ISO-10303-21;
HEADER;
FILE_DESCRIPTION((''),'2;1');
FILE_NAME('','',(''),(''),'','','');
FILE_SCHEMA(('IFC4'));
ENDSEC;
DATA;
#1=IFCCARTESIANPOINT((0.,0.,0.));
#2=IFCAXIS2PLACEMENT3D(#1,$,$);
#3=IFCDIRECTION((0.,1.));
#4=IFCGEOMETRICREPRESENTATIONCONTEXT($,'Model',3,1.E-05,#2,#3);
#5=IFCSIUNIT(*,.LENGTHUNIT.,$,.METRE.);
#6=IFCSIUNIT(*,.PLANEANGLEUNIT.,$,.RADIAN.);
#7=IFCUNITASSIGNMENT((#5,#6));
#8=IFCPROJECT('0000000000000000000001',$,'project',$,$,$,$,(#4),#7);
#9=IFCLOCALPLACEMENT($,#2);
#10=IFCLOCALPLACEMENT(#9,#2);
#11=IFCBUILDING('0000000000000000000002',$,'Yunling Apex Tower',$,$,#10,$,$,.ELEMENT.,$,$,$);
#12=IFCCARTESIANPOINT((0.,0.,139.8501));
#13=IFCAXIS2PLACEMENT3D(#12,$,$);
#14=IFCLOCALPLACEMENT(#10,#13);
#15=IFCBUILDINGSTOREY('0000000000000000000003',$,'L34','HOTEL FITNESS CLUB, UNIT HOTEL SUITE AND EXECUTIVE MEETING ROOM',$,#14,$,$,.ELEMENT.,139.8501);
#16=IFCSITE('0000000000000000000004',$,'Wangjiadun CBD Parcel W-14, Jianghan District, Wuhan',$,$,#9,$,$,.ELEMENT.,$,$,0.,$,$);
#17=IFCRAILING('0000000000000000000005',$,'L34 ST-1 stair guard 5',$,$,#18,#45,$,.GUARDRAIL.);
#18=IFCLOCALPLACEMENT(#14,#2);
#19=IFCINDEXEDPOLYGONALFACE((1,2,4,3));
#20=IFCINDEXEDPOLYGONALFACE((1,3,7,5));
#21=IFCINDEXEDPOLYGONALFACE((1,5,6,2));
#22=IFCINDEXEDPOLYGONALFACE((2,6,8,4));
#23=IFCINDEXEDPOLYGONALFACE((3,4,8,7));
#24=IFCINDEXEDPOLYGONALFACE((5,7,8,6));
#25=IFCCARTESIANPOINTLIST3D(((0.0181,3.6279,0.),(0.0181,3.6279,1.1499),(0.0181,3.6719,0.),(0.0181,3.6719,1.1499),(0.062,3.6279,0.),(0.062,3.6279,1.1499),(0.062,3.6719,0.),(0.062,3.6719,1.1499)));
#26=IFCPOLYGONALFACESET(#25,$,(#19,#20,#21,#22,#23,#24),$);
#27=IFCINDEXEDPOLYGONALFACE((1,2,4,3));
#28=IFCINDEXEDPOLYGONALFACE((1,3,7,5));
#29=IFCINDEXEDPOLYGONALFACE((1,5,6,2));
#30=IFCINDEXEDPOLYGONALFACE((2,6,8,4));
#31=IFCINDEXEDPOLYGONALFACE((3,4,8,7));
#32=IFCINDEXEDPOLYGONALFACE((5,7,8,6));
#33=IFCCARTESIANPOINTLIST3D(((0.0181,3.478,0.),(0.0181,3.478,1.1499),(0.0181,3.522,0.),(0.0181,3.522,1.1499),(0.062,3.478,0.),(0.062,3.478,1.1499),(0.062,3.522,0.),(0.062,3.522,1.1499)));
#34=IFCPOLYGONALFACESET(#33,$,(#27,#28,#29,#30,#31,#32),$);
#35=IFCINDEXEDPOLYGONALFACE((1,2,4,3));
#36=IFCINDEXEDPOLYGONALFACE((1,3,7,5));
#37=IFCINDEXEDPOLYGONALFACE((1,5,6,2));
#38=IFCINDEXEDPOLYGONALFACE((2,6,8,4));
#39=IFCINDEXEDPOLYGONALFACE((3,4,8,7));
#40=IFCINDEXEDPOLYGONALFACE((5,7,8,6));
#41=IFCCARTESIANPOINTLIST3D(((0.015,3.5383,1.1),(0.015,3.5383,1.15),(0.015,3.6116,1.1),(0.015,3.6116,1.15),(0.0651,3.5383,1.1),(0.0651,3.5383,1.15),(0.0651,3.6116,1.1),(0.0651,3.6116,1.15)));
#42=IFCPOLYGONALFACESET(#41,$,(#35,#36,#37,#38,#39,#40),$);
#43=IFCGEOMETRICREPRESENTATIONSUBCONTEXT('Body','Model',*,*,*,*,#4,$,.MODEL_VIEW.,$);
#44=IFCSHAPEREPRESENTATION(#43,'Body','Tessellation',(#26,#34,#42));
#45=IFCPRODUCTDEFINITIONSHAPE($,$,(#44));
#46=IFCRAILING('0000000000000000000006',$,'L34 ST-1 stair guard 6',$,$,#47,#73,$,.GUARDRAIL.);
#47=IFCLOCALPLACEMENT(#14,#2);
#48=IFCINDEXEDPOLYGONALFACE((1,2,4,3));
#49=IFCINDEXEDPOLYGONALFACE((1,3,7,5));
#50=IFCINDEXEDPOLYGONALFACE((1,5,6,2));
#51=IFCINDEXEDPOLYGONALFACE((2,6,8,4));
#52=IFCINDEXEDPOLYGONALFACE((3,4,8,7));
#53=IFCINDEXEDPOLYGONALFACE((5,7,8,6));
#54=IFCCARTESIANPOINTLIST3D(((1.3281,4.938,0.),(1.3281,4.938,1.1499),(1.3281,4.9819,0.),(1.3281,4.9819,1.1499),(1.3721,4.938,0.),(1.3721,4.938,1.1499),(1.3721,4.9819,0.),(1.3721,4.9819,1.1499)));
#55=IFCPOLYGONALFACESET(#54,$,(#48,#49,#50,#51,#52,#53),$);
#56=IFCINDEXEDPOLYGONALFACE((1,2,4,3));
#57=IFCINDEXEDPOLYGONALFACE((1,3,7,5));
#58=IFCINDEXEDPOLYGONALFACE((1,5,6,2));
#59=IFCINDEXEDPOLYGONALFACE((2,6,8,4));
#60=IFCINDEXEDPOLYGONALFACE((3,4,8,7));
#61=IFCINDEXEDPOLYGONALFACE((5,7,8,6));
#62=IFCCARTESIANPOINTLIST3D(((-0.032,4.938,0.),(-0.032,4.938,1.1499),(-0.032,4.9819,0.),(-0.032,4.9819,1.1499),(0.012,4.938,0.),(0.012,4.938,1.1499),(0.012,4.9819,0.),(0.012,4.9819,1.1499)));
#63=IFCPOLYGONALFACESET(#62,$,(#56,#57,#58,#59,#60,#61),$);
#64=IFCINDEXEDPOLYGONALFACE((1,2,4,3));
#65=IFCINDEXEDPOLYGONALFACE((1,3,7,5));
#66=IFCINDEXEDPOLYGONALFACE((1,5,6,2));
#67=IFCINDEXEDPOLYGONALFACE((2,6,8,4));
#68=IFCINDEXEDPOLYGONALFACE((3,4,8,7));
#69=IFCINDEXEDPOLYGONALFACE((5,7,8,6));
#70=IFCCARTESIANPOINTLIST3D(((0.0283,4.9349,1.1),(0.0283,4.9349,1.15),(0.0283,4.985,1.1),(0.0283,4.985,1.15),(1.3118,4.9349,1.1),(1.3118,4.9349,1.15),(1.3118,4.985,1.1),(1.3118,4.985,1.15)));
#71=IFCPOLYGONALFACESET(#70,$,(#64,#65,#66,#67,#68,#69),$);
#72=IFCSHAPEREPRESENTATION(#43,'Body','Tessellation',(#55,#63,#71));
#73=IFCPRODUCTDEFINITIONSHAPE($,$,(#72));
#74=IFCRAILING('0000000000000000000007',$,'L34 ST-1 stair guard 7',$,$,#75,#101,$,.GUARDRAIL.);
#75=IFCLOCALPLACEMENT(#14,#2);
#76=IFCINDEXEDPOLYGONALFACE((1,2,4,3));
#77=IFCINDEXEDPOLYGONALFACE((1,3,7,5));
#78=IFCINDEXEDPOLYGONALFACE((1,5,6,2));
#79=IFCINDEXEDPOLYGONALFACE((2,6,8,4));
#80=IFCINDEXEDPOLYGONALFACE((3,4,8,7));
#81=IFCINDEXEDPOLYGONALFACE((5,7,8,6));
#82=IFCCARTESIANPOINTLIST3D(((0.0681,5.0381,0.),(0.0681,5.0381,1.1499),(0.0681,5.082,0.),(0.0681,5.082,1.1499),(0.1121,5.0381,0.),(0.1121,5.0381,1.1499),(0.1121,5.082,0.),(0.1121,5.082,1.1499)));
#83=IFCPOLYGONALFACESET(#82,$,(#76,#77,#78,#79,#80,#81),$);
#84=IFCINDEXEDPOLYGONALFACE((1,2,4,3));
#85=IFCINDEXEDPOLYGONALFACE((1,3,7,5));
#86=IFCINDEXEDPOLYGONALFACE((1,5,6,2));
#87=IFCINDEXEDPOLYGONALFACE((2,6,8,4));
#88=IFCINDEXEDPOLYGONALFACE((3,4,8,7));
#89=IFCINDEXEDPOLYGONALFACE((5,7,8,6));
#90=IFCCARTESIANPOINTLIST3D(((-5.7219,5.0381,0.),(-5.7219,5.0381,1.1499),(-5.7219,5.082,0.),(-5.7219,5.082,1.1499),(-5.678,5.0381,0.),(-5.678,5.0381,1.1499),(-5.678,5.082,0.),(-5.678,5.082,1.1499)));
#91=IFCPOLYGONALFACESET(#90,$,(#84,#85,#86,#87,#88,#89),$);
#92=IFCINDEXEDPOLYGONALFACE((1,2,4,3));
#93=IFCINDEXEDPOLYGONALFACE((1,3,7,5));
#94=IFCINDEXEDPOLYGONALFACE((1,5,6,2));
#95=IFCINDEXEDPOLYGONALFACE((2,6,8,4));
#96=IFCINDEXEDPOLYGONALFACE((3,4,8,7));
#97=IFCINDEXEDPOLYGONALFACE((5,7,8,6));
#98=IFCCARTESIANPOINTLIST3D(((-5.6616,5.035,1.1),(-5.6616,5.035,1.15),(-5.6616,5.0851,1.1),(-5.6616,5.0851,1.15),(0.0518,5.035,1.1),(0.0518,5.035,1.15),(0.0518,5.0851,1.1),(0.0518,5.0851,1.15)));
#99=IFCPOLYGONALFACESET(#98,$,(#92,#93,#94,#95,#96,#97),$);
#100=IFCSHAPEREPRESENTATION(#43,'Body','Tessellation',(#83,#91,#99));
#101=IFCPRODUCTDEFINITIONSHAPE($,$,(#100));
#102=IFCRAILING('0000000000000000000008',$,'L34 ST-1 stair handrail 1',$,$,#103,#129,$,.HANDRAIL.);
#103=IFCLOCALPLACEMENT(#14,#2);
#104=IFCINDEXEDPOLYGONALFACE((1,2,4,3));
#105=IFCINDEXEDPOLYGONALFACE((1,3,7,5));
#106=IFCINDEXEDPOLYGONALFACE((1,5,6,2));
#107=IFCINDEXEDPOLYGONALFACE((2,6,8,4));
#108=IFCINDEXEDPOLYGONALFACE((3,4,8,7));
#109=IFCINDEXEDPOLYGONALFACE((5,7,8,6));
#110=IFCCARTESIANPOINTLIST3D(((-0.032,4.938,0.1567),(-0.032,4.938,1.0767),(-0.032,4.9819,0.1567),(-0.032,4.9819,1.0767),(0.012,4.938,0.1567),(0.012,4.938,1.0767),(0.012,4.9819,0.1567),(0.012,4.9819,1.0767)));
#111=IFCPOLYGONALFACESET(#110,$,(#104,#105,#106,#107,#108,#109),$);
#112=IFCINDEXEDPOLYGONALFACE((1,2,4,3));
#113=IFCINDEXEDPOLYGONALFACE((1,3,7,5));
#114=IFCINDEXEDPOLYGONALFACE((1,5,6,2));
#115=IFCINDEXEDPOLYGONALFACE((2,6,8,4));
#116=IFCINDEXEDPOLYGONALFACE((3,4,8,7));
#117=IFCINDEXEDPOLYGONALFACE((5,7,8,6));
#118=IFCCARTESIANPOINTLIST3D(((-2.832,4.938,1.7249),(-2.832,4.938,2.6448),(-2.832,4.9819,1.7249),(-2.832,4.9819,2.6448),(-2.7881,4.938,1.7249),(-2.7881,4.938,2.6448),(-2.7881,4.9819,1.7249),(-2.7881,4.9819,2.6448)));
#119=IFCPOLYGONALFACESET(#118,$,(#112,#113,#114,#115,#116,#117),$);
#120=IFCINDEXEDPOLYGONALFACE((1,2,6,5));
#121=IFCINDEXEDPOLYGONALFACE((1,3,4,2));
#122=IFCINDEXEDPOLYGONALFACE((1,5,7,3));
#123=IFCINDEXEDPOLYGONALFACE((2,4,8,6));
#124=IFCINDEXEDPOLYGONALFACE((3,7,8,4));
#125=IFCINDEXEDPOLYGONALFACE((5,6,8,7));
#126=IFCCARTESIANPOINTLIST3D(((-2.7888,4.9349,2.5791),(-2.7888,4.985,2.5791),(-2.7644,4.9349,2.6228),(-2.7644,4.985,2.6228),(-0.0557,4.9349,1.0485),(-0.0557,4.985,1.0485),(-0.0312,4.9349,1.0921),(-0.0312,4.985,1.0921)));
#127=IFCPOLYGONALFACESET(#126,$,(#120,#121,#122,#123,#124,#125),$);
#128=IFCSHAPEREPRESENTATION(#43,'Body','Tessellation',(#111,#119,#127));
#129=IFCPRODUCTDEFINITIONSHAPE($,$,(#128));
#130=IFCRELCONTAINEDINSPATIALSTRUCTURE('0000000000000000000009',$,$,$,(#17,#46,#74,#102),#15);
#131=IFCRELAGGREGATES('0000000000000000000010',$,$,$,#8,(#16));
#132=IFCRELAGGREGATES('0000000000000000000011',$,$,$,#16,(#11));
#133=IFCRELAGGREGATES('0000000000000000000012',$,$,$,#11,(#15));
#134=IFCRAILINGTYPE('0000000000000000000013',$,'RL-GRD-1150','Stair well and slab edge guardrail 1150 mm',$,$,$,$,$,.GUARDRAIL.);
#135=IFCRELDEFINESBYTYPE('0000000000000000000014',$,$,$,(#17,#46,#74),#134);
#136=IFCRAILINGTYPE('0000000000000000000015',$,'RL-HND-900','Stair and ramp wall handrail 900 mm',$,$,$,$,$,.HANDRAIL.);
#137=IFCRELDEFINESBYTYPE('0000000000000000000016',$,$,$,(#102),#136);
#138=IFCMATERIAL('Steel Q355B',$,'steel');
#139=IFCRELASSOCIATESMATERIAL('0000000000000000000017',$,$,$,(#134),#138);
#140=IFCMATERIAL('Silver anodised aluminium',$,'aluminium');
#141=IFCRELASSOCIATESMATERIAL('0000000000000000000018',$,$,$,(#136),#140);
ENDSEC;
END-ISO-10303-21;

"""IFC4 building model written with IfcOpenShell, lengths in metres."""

from ifc_helpers import new_model, si_unit, direction, frame, origin, origin_2d, place, context, subcontext, project, spatial, rectangle, extrude, material, type_object, element, save


model = new_model("IFC4")

# Units and contexts
model_context = context("Model", 3, precision=1e-05, world=origin(), true_north=direction((0.0, 1.0)))
body_context = subcontext(model_context, "Body", "Model", "MODEL_VIEW")
ifc_project = project(units=[si_unit("LENGTHUNIT", "METRE"), si_unit("PLANEANGLEUNIT", "RADIAN")], contexts=[model_context])

# Site, building, storey
site_placement = place(None, origin())
site = spatial("IfcSite", under=ifc_project, at=site_placement, Name="Wangjiadun CBD Parcel W-14, Jianghan District, Wuhan", CompositionType="ELEMENT", RefElevation=0.0)
building_placement = place(site_placement, origin())
building = spatial("IfcBuilding", under=site, at=building_placement, Name="Yunling Apex Tower", CompositionType="ELEMENT")
storey_placement = place(building_placement, frame((0.0, 0.0, 139.8501)))
storey = spatial("IfcBuildingStorey", under=building, at=storey_placement, Name="L34", Description="HOTEL FITNESS CLUB, UNIT HOTEL SUITE AND EXECUTIVE MEETING ROOM", CompositionType="ELEMENT", Elevation=139.8501)

# Shared definitions
ifc_material_1 = material(Name="Steel Q355B", Category="steel")

# Railings
railing_type_1 = type_object("IfcRailingType", Name="RL-GRD-1150", Description="Stair well and slab edge guardrail 1150 mm", PredefinedType="GUARDRAIL", material=ifc_material_1)
railing_1_placement = place(storey_placement, frame((0.04, 3.6499, 0.0)))
element("IfcRailing", 1, at=railing_1_placement, inside=storey, type_object=railing_type_1, Name="L34 ST-1 stair guard 5", PredefinedType="GUARDRAIL", context=body_context, shape_type="SweptSolid", body=[
    extrude(rectangle(XDim=0.0439, YDim=0.0439, at=origin_2d()), origin(), (0.0, 0.0, 1.0), 1.1499),
    extrude(rectangle(XDim=0.0439, YDim=0.0439, at=origin_2d()), frame((0.0, -0.1499, 0.0)), (0.0, 0.0, 1.0), 1.1499),
    extrude(rectangle(XDim=0.05, YDim=0.05, at=origin_2d()), frame((0.0, -0.0383, 1.125), z_axis=(0.0, -1.0, 0.0), x_axis=(1.0, 0.0, 0.0)), (0.0, 0.0, 1.0), 0.0732),
])
railing_2_placement = place(storey_placement, frame((1.3501, 4.96, 0.0)))
element("IfcRailing", 2, at=railing_2_placement, inside=storey, type_object=railing_type_1, Name="L34 ST-1 stair guard 6", PredefinedType="GUARDRAIL", context=body_context, shape_type="SweptSolid", body=[
    extrude(rectangle(XDim=0.0439, YDim=0.0439, at=origin_2d()), origin(), (0.0, 0.0, 1.0), 1.1499),
    extrude(rectangle(XDim=0.0439, YDim=0.0439, at=origin_2d()), frame((-1.3601, 0.0, 0.0)), (0.0, 0.0, 1.0), 1.1499),
    extrude(rectangle(XDim=0.05, YDim=0.05, at=origin_2d()), frame((-0.0383, 0.0, 1.125), z_axis=(-1.0, 0.0, 0.0), x_axis=(0.0, -1.0, 0.0)), (0.0, 0.0, 1.0), 1.2834),
])
railing_3_placement = place(storey_placement, frame((0.0901, 5.0601, 0.0)))
element("IfcRailing", 3, at=railing_3_placement, inside=storey, type_object=railing_type_1, Name="L34 ST-1 stair guard 7", PredefinedType="GUARDRAIL", context=body_context, shape_type="SweptSolid", body=[
    extrude(rectangle(XDim=0.0439, YDim=0.0439, at=origin_2d()), origin(), (0.0, 0.0, 1.0), 1.1499),
    extrude(rectangle(XDim=0.0439, YDim=0.0439, at=origin_2d()), frame((-5.79, 0.0, 0.0)), (0.0, 0.0, 1.0), 1.1499),
    extrude(rectangle(XDim=0.05, YDim=0.05, at=origin_2d()), frame((-0.0383, 0.0, 1.125), z_axis=(-1.0, 0.0, 0.0), x_axis=(0.0, -1.0, 0.0)), (0.0, 0.0, 1.0), 5.7134),
])
ifc_material_2 = material(Name="Silver anodised aluminium", Category="aluminium")
railing_type_2 = type_object("IfcRailingType", Name="RL-HND-900", Description="Stair and ramp wall handrail 900 mm", PredefinedType="HANDRAIL", material=ifc_material_2)
railing_4_placement = place(storey_placement, frame((-0.01, 4.96, 0.1567)))
element("IfcRailing", 4, at=railing_4_placement, inside=storey, type_object=railing_type_2, Name="L34 ST-1 stair handrail 1", PredefinedType="HANDRAIL", context=body_context, shape_type="SweptSolid", body=[
    extrude(rectangle(XDim=0.0439, YDim=0.0439, at=origin_2d()), origin(), (0.0, 0.0, 1.0), 0.9199),
    extrude(rectangle(XDim=0.0439, YDim=0.0439, at=origin_2d()), frame((-2.8, 0.0, 1.5681)), (0.0, 0.0, 1.0), 0.9199),
    extrude(rectangle(XDim=0.05, YDim=0.05, at=origin_2d()), frame((-0.0334, 0.0, 0.9136), z_axis=(-0.872494, 0.0, 0.488624), x_axis=(0.0, -1.0, 0.0)), (0.0, 0.0, 1.0), 3.1326),
])

save(model, "model.ifc")
